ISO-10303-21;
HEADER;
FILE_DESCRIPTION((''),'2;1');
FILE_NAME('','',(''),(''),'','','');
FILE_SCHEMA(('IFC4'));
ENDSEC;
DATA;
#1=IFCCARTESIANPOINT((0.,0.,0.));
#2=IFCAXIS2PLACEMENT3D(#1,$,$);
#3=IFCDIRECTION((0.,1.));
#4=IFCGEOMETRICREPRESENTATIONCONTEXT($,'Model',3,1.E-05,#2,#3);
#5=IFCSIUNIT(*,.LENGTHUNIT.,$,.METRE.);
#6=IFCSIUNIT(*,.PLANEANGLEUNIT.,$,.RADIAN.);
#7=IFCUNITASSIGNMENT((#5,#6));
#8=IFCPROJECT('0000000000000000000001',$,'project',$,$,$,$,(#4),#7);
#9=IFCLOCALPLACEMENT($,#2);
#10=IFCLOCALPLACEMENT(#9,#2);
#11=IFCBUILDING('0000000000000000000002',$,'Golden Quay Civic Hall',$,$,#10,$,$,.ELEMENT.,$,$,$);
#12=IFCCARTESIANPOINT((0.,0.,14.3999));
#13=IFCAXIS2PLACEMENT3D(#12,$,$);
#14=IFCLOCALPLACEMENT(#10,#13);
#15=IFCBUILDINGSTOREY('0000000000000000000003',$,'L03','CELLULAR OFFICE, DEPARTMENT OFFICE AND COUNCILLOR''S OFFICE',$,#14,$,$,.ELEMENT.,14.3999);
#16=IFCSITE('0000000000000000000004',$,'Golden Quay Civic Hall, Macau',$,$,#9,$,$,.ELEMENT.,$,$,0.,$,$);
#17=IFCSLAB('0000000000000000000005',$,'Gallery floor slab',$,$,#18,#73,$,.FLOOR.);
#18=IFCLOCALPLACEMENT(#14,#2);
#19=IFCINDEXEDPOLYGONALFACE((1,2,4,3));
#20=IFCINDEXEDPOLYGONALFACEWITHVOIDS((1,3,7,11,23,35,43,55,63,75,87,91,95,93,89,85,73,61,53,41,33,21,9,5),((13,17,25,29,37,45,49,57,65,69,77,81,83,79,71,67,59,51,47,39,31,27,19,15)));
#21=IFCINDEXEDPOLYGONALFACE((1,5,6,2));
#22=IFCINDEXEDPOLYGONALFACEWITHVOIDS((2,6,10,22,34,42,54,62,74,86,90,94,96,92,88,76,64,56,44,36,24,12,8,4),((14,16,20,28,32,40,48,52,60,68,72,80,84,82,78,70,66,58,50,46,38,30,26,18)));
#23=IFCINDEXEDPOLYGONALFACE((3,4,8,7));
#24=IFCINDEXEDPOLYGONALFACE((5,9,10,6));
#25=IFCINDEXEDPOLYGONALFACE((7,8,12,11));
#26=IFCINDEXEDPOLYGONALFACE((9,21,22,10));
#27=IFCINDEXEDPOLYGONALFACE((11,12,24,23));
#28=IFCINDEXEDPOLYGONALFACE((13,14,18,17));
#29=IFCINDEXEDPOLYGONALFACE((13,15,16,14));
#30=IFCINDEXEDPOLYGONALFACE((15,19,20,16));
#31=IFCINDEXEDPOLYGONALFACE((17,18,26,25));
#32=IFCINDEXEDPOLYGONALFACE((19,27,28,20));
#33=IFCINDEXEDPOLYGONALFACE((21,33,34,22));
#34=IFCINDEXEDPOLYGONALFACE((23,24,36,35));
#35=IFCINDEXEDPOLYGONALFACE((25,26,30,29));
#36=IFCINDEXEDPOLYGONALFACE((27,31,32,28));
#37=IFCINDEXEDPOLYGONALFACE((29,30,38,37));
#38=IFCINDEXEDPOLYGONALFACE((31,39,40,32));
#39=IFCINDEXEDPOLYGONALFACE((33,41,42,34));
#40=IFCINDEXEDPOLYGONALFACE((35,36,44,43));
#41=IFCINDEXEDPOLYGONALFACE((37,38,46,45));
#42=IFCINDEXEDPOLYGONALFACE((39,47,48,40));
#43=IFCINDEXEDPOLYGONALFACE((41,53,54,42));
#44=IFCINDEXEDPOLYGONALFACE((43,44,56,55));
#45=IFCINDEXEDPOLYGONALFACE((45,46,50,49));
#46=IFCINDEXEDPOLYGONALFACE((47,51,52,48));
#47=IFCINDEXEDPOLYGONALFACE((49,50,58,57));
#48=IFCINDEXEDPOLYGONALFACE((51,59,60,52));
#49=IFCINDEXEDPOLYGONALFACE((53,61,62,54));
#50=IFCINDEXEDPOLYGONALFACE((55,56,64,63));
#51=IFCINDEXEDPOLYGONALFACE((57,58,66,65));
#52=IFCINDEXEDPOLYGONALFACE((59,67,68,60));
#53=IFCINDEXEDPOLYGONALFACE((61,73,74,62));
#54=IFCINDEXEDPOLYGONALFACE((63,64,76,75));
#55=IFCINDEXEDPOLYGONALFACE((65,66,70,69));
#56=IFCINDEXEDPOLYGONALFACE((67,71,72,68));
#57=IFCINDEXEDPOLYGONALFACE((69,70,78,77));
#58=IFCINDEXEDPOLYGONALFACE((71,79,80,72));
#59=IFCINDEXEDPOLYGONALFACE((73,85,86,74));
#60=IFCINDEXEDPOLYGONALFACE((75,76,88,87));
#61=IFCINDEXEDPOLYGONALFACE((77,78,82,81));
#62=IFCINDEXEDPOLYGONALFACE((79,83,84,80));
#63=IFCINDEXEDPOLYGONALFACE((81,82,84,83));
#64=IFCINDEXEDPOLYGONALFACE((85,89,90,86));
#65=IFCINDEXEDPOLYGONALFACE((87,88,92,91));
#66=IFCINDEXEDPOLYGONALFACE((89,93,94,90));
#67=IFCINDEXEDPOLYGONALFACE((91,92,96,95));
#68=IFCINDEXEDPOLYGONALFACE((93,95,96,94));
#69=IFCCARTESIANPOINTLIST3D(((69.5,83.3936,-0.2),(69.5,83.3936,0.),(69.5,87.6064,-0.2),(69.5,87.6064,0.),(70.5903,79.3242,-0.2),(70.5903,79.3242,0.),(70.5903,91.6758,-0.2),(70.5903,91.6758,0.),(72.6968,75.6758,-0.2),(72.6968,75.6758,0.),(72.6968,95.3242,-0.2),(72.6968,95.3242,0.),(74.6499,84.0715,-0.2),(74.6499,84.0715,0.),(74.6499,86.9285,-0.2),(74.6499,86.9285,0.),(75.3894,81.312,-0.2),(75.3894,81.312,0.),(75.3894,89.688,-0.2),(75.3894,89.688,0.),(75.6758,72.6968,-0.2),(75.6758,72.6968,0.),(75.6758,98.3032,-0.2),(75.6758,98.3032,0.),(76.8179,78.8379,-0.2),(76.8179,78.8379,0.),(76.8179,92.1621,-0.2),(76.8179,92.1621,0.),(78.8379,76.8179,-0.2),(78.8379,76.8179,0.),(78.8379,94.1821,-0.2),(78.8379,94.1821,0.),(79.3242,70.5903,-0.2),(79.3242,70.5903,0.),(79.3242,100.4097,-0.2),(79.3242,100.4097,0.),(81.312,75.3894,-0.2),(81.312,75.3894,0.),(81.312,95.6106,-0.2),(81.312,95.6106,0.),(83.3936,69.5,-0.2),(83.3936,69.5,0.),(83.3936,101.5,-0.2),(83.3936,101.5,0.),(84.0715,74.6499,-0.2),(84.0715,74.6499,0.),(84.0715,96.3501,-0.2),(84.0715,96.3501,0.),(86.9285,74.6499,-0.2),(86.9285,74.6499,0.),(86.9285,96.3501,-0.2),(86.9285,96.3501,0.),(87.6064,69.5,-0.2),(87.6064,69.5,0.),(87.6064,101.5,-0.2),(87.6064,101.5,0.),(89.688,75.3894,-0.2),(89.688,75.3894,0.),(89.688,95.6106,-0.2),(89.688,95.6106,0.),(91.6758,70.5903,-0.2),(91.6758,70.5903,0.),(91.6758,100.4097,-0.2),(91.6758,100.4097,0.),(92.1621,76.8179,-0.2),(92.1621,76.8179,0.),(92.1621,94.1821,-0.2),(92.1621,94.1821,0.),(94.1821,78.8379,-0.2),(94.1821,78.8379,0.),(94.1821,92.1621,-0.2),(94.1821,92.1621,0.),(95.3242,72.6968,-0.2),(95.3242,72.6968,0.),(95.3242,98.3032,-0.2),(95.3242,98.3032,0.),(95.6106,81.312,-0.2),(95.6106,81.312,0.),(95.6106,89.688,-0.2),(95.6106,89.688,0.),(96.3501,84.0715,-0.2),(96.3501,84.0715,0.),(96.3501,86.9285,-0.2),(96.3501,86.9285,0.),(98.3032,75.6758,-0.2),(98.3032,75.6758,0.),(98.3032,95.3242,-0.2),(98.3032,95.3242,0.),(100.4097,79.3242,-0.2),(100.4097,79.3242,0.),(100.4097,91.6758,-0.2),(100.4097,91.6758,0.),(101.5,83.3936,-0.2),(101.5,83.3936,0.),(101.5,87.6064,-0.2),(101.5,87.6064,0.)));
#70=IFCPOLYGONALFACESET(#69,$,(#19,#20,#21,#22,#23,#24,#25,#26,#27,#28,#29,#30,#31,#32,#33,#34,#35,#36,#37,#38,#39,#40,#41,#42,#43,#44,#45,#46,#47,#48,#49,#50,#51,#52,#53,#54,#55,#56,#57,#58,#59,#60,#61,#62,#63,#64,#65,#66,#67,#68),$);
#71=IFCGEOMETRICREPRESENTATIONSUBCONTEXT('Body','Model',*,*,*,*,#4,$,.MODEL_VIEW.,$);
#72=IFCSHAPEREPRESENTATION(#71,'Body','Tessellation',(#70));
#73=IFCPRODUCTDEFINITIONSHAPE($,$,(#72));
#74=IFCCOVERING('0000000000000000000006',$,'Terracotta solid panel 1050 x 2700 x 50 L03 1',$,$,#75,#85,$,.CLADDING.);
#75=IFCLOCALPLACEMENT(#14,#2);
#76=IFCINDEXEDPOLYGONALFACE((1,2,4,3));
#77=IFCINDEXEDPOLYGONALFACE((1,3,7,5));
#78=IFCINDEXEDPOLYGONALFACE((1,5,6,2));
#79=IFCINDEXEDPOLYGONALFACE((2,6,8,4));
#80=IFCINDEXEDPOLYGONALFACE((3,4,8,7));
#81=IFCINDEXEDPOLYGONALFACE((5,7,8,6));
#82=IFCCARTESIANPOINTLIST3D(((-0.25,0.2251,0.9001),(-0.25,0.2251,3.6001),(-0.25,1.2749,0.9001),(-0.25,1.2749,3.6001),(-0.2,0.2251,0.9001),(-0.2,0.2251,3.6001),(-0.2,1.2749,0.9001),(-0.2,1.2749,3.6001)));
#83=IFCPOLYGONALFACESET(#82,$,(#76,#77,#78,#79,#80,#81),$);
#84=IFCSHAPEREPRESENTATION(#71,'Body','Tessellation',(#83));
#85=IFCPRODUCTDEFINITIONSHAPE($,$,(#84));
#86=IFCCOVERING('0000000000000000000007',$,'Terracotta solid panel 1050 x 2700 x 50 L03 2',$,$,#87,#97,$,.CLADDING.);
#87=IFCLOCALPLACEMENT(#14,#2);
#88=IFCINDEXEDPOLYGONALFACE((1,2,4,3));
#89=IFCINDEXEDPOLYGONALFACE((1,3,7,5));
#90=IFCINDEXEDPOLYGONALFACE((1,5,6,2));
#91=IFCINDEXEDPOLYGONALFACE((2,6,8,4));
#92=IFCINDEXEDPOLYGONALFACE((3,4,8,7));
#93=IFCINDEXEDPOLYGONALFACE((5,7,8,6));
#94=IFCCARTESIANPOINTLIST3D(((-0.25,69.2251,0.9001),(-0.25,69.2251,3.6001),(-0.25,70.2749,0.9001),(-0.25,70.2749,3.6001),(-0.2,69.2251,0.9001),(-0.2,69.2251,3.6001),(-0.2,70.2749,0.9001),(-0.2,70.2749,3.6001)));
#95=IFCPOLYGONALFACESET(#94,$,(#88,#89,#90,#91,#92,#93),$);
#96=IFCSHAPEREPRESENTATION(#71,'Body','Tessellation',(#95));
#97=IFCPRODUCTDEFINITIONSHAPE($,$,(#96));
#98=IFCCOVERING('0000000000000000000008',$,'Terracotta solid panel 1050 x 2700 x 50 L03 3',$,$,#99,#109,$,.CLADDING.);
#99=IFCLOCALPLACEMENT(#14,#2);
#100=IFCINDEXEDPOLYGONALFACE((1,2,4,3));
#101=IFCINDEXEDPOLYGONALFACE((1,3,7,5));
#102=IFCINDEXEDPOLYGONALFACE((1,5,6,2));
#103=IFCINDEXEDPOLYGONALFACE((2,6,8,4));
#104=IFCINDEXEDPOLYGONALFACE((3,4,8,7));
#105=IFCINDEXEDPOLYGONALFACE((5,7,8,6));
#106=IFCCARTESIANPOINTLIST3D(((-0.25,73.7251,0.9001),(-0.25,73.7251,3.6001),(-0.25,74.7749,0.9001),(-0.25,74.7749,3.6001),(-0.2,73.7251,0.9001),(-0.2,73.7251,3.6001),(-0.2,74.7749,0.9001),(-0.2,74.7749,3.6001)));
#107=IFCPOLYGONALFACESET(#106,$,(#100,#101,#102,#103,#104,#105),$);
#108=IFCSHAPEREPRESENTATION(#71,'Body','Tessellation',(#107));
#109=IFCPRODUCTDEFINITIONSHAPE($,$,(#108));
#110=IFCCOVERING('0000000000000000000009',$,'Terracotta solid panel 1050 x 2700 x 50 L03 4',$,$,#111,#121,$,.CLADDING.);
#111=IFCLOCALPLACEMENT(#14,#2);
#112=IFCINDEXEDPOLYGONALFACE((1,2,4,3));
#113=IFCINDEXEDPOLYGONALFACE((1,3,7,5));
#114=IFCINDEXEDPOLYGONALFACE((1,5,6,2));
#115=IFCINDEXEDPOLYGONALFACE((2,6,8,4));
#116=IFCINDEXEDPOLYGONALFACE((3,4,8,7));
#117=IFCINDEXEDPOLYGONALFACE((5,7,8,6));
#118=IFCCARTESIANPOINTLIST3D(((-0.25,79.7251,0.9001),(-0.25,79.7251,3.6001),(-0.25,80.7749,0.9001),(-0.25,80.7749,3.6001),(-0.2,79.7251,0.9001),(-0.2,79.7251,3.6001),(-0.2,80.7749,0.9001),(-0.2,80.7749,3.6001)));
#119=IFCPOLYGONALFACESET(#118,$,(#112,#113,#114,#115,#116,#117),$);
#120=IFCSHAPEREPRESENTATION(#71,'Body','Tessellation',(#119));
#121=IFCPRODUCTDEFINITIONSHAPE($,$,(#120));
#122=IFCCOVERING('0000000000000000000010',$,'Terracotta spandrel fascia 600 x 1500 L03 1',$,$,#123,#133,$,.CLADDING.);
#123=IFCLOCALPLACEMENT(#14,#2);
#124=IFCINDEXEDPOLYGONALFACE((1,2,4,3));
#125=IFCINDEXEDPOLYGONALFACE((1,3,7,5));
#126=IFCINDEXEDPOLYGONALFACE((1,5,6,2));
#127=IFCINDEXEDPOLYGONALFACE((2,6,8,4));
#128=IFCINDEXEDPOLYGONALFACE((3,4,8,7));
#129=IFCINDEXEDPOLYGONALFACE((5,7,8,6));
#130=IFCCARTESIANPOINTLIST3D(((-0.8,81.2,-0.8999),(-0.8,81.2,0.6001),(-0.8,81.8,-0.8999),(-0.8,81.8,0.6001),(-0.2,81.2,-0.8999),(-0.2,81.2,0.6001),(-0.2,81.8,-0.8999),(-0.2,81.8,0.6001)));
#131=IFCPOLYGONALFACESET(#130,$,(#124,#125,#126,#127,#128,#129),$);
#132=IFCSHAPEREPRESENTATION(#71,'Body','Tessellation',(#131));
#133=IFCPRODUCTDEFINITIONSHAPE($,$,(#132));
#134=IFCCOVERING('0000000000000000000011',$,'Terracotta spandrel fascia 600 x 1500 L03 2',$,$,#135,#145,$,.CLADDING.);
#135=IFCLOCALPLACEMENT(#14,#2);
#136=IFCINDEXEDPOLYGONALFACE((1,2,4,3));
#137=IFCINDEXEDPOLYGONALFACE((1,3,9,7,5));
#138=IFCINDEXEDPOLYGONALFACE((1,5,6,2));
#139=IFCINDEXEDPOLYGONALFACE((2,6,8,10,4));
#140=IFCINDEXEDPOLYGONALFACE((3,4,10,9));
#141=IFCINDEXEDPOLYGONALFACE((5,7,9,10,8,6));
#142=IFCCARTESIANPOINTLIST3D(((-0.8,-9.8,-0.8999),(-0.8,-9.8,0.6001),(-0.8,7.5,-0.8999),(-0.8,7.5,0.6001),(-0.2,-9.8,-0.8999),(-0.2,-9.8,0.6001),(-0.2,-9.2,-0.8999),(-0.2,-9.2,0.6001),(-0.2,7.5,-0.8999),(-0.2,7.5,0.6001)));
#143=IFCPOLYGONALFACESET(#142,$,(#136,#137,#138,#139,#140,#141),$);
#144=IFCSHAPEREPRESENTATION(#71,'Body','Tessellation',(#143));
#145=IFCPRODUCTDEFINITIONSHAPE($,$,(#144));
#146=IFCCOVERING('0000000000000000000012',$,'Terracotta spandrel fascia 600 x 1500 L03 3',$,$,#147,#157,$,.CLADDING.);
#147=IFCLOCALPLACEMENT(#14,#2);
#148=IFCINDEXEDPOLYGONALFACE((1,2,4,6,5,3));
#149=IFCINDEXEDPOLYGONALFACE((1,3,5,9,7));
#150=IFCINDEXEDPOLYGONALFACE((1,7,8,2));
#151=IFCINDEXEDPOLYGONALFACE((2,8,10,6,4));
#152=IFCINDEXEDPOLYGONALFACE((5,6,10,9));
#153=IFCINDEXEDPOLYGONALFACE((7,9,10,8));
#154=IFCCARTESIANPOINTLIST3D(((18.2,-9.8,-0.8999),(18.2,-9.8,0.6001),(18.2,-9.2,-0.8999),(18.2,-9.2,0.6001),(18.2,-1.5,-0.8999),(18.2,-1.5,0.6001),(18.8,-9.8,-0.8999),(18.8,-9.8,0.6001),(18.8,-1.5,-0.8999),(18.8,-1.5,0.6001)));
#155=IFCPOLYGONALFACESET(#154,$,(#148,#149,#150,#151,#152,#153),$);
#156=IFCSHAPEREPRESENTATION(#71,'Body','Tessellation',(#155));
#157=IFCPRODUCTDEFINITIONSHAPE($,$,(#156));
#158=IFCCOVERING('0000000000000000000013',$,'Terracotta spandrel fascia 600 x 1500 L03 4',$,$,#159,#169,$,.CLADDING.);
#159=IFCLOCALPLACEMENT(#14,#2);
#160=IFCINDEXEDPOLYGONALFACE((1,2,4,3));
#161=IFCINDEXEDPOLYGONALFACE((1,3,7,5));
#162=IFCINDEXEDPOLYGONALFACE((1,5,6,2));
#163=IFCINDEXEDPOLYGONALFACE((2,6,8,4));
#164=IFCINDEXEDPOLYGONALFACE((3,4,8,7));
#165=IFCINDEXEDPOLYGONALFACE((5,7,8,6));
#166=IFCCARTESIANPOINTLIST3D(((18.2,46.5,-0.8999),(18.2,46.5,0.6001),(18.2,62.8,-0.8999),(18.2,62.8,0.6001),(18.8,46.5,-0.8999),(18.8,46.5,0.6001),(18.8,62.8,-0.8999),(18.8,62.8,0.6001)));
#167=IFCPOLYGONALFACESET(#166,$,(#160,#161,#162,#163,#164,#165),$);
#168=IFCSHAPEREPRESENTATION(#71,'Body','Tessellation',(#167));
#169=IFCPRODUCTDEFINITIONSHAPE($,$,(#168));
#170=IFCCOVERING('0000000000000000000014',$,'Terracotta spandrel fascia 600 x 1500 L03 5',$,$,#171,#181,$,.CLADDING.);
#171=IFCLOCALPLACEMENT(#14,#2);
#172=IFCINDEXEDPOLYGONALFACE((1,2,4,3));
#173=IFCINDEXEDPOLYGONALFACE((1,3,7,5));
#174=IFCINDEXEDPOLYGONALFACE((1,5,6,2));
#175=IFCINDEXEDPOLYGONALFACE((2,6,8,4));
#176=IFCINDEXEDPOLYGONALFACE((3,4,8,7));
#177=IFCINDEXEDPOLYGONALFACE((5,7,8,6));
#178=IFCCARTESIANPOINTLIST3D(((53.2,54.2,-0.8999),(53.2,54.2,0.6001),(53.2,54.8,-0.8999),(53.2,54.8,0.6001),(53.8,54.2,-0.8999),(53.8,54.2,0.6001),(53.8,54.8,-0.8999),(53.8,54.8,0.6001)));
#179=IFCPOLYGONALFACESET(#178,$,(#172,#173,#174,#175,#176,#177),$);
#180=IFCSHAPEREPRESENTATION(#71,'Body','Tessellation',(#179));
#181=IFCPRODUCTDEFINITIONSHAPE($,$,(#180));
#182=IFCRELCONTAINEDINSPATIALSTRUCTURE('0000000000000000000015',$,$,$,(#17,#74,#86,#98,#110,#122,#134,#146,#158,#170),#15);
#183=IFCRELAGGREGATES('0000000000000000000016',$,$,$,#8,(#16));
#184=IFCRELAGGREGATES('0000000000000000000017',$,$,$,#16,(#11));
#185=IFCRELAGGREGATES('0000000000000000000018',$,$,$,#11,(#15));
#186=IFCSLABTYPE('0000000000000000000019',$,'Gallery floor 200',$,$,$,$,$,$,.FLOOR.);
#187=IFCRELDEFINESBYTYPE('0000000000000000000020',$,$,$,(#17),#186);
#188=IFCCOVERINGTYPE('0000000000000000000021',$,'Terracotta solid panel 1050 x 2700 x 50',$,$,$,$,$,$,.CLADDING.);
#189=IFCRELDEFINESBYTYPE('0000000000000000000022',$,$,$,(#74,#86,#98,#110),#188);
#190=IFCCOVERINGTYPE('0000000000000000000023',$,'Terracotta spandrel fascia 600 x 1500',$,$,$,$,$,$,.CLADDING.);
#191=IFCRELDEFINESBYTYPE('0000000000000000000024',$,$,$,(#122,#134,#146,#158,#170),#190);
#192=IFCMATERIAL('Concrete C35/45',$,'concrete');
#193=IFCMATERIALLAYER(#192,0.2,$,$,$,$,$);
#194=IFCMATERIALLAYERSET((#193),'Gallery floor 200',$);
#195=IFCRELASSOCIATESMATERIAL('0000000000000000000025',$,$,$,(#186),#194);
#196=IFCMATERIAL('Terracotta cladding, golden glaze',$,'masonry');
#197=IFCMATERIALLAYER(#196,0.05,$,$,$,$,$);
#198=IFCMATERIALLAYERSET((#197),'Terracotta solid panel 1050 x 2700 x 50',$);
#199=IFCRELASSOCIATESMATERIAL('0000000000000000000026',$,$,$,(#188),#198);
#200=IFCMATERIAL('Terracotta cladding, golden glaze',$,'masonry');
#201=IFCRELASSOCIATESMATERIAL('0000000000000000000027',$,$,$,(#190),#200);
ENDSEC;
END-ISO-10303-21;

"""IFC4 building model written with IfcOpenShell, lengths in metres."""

from ifc_helpers import new_model, si_unit, direction, frame, origin, place, context, subcontext, project, spatial, polyline, outline, extrude, material, layer, layer_set, type_object, element, save


model = new_model("IFC4")

# Units and contexts
model_context = context("Model", 3, precision=1e-05, world=origin(), true_north=direction((0.0, 1.0)))
body_context = subcontext(model_context, "Body", "Model", "MODEL_VIEW")
ifc_project = project(units=[si_unit("LENGTHUNIT", "METRE"), si_unit("PLANEANGLEUNIT", "RADIAN")], contexts=[model_context])

# Site, building, storey
site_placement = place(None, origin())
site = spatial("IfcSite", under=ifc_project, at=site_placement, Name="Golden Quay Civic Hall, Macau", CompositionType="ELEMENT", RefElevation=0.0)
building_placement = place(site_placement, origin())
building = spatial("IfcBuilding", under=site, at=building_placement, Name="Golden Quay Civic Hall", CompositionType="ELEMENT")
storey_placement = place(building_placement, frame((0.0, 0.0, 14.3999)))
storey = spatial("IfcBuildingStorey", under=building, at=storey_placement, Name="L03", Description="CELLULAR OFFICE, DEPARTMENT OFFICE AND COUNCILLOR'S OFFICE", CompositionType="ELEMENT", Elevation=14.3999)

# Slab
ifc_material_1 = material(Name="Concrete C35/45", Category="concrete")
ifc_layer_1 = layer(ifc_material_1, 0.2)
ifc_layer_set_1 = layer_set([ifc_layer_1], Name="Gallery floor 200")
slab_type_1 = type_object("IfcSlabType", Name="Gallery floor 200", PredefinedType="FLOOR", material=ifc_layer_set_1)
slab_1_placement = place(storey_placement, frame((0.0, 0.0, -0.2)))
element("IfcSlab", 1, at=slab_1_placement, inside=storey, type_object=slab_type_1, Name="Gallery floor slab", PredefinedType="FLOOR", context=body_context, shape_type="SweptSolid", body=[
    extrude(outline(polyline([(100.4097, 79.3242), (98.3032, 75.6758), (95.3242, 72.6968), (91.6758, 70.5903), (87.6064, 69.5), (83.3936, 69.5), (79.3242, 70.5903), (75.6758, 72.6968), (72.6968, 75.6758), (70.5903, 79.3242), (69.5, 83.3936), (69.5, 87.6064), (70.5903, 91.6758), (72.6968, 95.3242), (75.6758, 98.3032), (79.3242, 100.4097), (83.3936, 101.5), (87.6064, 101.5), (91.6758, 100.4097), (95.3242, 98.3032), (98.3032, 95.3242), (100.4097, 91.6758), (101.5, 87.6064), (101.5, 83.3936), (100.4097, 79.3242)]), holes=[polyline([(94.1821, 92.1621), (92.1621, 94.1821), (89.688, 95.6106), (86.9285, 96.3501), (84.0715, 96.3501), (81.312, 95.6106), (78.8379, 94.1821), (76.8179, 92.1621), (75.3894, 89.688), (74.6499, 86.9285), (74.6499, 84.0715), (75.3894, 81.312), (76.8179, 78.8379), (78.8379, 76.8179), (81.312, 75.3894), (84.0715, 74.6499), (86.9285, 74.6499), (89.688, 75.3894), (92.1621, 76.8179), (94.1821, 78.8379), (95.6106, 81.312), (96.3501, 84.0715), (96.3501, 86.9285), (95.6106, 89.688), (94.1821, 92.1621)])]), origin(), (0.0, 0.0, 1.0), 0.2),
])

# Coverings
ifc_material_2 = material(Name="Terracotta cladding, golden glaze", Category="masonry")
ifc_layer_2 = layer(ifc_material_2, 0.05)
ifc_layer_set_2 = layer_set([ifc_layer_2], Name="Terracotta solid panel 1050 x 2700 x 50")
covering_type_1 = type_object("IfcCoveringType", Name="Terracotta solid panel 1050 x 2700 x 50", PredefinedType="CLADDING", material=ifc_layer_set_2)
covering_1_placement = place(storey_placement, frame((0.0, 0.0, 0.9001)))
element("IfcCovering", 2, at=covering_1_placement, inside=storey, type_object=covering_type_1, Name="Terracotta solid panel 1050 x 2700 x 50 L03 1", PredefinedType="CLADDING", context=body_context, shape_type="SweptSolid", body=[
    extrude(outline(polyline([(-0.2, 0.2251), (-0.2, 1.2749), (-0.25, 1.2749), (-0.25, 0.2251), (-0.2, 0.2251)])), origin(), (0.0, 0.0, 1.0), 2.7),
])
covering_2_placement = place(storey_placement, frame((0.0, 0.0, 0.9001)))
element("IfcCovering", 3, at=covering_2_placement, inside=storey, type_object=covering_type_1, Name="Terracotta solid panel 1050 x 2700 x 50 L03 2", PredefinedType="CLADDING", context=body_context, shape_type="SweptSolid", body=[
    extrude(outline(polyline([(-0.2, 69.2251), (-0.2, 70.2749), (-0.25, 70.2749), (-0.25, 69.2251), (-0.2, 69.2251)])), origin(), (0.0, 0.0, 1.0), 2.7),
])
covering_3_placement = place(storey_placement, frame((0.0, 0.0, 0.9001)))
element("IfcCovering", 4, at=covering_3_placement, inside=storey, type_object=covering_type_1, Name="Terracotta solid panel 1050 x 2700 x 50 L03 3", PredefinedType="CLADDING", context=body_context, shape_type="SweptSolid", body=[
    extrude(outline(polyline([(-0.2, 73.7251), (-0.2, 74.7749), (-0.25, 74.7749), (-0.25, 73.7251), (-0.2, 73.7251)])), origin(), (0.0, 0.0, 1.0), 2.7),
])
covering_4_placement = place(storey_placement, frame((0.0, 0.0, 0.9001)))
element("IfcCovering", 5, at=covering_4_placement, inside=storey, type_object=covering_type_1, Name="Terracotta solid panel 1050 x 2700 x 50 L03 4", PredefinedType="CLADDING", context=body_context, shape_type="SweptSolid", body=[
    extrude(outline(polyline([(-0.2, 79.7251), (-0.2, 80.7749), (-0.25, 80.7749), (-0.25, 79.7251), (-0.2, 79.7251)])), origin(), (0.0, 0.0, 1.0), 2.7),
])
ifc_material_3 = material(Name="Terracotta cladding, golden glaze", Category="masonry")
covering_type_2 = type_object("IfcCoveringType", Name="Terracotta spandrel fascia 600 x 1500", PredefinedType="CLADDING", material=ifc_material_3)
covering_5_placement = place(storey_placement, frame((0.0, 0.0, -0.8999)))
element("IfcCovering", 6, at=covering_5_placement, inside=storey, type_object=covering_type_2, Name="Terracotta spandrel fascia 600 x 1500 L03 1", PredefinedType="CLADDING", context=body_context, shape_type="SweptSolid", body=[
    extrude(outline(polyline([(-0.8, 81.2), (-0.8, 81.8), (-0.2, 81.8), (-0.2, 81.2), (-0.8, 81.2)])), origin(), (0.0, 0.0, 1.0), 1.5),
])
covering_6_placement = place(storey_placement, frame((0.0, 0.0, -0.8999)))
element("IfcCovering", 7, at=covering_6_placement, inside=storey, type_object=covering_type_2, Name="Terracotta spandrel fascia 600 x 1500 L03 2", PredefinedType="CLADDING", context=body_context, shape_type="SweptSolid", body=[
    extrude(outline(polyline([(-0.2, -9.2), (-0.2, -9.8), (-0.8, -9.8), (-0.8, 7.5), (-0.2, 7.5), (-0.2, -9.2)])), origin(), (0.0, 0.0, 1.0), 1.5),
])
covering_7_placement = place(storey_placement, frame((0.0, 0.0, -0.8999)))
element("IfcCovering", 8, at=covering_7_placement, inside=storey, type_object=covering_type_2, Name="Terracotta spandrel fascia 600 x 1500 L03 3", PredefinedType="CLADDING", context=body_context, shape_type="SweptSolid", body=[
    extrude(outline(polyline([(18.2, -1.5), (18.8, -1.5), (18.8, -9.8), (18.2, -9.8), (18.2, -9.2), (18.2, -1.5)])), origin(), (0.0, 0.0, 1.0), 1.5),
])
covering_8_placement = place(storey_placement, frame((0.0, 0.0, -0.8999)))
element("IfcCovering", 9, at=covering_8_placement, inside=storey, type_object=covering_type_2, Name="Terracotta spandrel fascia 600 x 1500 L03 4", PredefinedType="CLADDING", context=body_context, shape_type="SweptSolid", body=[
    extrude(outline(polyline([(18.2, 62.8), (18.8, 62.8), (18.8, 46.5), (18.2, 46.5), (18.2, 62.8)])), origin(), (0.0, 0.0, 1.0), 1.5),
])
covering_9_placement = place(storey_placement, frame((0.0, 0.0, -0.8999)))
element("IfcCovering", 10, at=covering_9_placement, inside=storey, type_object=covering_type_2, Name="Terracotta spandrel fascia 600 x 1500 L03 5", PredefinedType="CLADDING", context=body_context, shape_type="SweptSolid", body=[
    extrude(outline(polyline([(53.2, 54.2), (53.2, 54.8), (53.8, 54.8), (53.8, 54.2), (53.2, 54.2)])), origin(), (0.0, 0.0, 1.0), 1.5),
])

save(model, "model.ifc")
